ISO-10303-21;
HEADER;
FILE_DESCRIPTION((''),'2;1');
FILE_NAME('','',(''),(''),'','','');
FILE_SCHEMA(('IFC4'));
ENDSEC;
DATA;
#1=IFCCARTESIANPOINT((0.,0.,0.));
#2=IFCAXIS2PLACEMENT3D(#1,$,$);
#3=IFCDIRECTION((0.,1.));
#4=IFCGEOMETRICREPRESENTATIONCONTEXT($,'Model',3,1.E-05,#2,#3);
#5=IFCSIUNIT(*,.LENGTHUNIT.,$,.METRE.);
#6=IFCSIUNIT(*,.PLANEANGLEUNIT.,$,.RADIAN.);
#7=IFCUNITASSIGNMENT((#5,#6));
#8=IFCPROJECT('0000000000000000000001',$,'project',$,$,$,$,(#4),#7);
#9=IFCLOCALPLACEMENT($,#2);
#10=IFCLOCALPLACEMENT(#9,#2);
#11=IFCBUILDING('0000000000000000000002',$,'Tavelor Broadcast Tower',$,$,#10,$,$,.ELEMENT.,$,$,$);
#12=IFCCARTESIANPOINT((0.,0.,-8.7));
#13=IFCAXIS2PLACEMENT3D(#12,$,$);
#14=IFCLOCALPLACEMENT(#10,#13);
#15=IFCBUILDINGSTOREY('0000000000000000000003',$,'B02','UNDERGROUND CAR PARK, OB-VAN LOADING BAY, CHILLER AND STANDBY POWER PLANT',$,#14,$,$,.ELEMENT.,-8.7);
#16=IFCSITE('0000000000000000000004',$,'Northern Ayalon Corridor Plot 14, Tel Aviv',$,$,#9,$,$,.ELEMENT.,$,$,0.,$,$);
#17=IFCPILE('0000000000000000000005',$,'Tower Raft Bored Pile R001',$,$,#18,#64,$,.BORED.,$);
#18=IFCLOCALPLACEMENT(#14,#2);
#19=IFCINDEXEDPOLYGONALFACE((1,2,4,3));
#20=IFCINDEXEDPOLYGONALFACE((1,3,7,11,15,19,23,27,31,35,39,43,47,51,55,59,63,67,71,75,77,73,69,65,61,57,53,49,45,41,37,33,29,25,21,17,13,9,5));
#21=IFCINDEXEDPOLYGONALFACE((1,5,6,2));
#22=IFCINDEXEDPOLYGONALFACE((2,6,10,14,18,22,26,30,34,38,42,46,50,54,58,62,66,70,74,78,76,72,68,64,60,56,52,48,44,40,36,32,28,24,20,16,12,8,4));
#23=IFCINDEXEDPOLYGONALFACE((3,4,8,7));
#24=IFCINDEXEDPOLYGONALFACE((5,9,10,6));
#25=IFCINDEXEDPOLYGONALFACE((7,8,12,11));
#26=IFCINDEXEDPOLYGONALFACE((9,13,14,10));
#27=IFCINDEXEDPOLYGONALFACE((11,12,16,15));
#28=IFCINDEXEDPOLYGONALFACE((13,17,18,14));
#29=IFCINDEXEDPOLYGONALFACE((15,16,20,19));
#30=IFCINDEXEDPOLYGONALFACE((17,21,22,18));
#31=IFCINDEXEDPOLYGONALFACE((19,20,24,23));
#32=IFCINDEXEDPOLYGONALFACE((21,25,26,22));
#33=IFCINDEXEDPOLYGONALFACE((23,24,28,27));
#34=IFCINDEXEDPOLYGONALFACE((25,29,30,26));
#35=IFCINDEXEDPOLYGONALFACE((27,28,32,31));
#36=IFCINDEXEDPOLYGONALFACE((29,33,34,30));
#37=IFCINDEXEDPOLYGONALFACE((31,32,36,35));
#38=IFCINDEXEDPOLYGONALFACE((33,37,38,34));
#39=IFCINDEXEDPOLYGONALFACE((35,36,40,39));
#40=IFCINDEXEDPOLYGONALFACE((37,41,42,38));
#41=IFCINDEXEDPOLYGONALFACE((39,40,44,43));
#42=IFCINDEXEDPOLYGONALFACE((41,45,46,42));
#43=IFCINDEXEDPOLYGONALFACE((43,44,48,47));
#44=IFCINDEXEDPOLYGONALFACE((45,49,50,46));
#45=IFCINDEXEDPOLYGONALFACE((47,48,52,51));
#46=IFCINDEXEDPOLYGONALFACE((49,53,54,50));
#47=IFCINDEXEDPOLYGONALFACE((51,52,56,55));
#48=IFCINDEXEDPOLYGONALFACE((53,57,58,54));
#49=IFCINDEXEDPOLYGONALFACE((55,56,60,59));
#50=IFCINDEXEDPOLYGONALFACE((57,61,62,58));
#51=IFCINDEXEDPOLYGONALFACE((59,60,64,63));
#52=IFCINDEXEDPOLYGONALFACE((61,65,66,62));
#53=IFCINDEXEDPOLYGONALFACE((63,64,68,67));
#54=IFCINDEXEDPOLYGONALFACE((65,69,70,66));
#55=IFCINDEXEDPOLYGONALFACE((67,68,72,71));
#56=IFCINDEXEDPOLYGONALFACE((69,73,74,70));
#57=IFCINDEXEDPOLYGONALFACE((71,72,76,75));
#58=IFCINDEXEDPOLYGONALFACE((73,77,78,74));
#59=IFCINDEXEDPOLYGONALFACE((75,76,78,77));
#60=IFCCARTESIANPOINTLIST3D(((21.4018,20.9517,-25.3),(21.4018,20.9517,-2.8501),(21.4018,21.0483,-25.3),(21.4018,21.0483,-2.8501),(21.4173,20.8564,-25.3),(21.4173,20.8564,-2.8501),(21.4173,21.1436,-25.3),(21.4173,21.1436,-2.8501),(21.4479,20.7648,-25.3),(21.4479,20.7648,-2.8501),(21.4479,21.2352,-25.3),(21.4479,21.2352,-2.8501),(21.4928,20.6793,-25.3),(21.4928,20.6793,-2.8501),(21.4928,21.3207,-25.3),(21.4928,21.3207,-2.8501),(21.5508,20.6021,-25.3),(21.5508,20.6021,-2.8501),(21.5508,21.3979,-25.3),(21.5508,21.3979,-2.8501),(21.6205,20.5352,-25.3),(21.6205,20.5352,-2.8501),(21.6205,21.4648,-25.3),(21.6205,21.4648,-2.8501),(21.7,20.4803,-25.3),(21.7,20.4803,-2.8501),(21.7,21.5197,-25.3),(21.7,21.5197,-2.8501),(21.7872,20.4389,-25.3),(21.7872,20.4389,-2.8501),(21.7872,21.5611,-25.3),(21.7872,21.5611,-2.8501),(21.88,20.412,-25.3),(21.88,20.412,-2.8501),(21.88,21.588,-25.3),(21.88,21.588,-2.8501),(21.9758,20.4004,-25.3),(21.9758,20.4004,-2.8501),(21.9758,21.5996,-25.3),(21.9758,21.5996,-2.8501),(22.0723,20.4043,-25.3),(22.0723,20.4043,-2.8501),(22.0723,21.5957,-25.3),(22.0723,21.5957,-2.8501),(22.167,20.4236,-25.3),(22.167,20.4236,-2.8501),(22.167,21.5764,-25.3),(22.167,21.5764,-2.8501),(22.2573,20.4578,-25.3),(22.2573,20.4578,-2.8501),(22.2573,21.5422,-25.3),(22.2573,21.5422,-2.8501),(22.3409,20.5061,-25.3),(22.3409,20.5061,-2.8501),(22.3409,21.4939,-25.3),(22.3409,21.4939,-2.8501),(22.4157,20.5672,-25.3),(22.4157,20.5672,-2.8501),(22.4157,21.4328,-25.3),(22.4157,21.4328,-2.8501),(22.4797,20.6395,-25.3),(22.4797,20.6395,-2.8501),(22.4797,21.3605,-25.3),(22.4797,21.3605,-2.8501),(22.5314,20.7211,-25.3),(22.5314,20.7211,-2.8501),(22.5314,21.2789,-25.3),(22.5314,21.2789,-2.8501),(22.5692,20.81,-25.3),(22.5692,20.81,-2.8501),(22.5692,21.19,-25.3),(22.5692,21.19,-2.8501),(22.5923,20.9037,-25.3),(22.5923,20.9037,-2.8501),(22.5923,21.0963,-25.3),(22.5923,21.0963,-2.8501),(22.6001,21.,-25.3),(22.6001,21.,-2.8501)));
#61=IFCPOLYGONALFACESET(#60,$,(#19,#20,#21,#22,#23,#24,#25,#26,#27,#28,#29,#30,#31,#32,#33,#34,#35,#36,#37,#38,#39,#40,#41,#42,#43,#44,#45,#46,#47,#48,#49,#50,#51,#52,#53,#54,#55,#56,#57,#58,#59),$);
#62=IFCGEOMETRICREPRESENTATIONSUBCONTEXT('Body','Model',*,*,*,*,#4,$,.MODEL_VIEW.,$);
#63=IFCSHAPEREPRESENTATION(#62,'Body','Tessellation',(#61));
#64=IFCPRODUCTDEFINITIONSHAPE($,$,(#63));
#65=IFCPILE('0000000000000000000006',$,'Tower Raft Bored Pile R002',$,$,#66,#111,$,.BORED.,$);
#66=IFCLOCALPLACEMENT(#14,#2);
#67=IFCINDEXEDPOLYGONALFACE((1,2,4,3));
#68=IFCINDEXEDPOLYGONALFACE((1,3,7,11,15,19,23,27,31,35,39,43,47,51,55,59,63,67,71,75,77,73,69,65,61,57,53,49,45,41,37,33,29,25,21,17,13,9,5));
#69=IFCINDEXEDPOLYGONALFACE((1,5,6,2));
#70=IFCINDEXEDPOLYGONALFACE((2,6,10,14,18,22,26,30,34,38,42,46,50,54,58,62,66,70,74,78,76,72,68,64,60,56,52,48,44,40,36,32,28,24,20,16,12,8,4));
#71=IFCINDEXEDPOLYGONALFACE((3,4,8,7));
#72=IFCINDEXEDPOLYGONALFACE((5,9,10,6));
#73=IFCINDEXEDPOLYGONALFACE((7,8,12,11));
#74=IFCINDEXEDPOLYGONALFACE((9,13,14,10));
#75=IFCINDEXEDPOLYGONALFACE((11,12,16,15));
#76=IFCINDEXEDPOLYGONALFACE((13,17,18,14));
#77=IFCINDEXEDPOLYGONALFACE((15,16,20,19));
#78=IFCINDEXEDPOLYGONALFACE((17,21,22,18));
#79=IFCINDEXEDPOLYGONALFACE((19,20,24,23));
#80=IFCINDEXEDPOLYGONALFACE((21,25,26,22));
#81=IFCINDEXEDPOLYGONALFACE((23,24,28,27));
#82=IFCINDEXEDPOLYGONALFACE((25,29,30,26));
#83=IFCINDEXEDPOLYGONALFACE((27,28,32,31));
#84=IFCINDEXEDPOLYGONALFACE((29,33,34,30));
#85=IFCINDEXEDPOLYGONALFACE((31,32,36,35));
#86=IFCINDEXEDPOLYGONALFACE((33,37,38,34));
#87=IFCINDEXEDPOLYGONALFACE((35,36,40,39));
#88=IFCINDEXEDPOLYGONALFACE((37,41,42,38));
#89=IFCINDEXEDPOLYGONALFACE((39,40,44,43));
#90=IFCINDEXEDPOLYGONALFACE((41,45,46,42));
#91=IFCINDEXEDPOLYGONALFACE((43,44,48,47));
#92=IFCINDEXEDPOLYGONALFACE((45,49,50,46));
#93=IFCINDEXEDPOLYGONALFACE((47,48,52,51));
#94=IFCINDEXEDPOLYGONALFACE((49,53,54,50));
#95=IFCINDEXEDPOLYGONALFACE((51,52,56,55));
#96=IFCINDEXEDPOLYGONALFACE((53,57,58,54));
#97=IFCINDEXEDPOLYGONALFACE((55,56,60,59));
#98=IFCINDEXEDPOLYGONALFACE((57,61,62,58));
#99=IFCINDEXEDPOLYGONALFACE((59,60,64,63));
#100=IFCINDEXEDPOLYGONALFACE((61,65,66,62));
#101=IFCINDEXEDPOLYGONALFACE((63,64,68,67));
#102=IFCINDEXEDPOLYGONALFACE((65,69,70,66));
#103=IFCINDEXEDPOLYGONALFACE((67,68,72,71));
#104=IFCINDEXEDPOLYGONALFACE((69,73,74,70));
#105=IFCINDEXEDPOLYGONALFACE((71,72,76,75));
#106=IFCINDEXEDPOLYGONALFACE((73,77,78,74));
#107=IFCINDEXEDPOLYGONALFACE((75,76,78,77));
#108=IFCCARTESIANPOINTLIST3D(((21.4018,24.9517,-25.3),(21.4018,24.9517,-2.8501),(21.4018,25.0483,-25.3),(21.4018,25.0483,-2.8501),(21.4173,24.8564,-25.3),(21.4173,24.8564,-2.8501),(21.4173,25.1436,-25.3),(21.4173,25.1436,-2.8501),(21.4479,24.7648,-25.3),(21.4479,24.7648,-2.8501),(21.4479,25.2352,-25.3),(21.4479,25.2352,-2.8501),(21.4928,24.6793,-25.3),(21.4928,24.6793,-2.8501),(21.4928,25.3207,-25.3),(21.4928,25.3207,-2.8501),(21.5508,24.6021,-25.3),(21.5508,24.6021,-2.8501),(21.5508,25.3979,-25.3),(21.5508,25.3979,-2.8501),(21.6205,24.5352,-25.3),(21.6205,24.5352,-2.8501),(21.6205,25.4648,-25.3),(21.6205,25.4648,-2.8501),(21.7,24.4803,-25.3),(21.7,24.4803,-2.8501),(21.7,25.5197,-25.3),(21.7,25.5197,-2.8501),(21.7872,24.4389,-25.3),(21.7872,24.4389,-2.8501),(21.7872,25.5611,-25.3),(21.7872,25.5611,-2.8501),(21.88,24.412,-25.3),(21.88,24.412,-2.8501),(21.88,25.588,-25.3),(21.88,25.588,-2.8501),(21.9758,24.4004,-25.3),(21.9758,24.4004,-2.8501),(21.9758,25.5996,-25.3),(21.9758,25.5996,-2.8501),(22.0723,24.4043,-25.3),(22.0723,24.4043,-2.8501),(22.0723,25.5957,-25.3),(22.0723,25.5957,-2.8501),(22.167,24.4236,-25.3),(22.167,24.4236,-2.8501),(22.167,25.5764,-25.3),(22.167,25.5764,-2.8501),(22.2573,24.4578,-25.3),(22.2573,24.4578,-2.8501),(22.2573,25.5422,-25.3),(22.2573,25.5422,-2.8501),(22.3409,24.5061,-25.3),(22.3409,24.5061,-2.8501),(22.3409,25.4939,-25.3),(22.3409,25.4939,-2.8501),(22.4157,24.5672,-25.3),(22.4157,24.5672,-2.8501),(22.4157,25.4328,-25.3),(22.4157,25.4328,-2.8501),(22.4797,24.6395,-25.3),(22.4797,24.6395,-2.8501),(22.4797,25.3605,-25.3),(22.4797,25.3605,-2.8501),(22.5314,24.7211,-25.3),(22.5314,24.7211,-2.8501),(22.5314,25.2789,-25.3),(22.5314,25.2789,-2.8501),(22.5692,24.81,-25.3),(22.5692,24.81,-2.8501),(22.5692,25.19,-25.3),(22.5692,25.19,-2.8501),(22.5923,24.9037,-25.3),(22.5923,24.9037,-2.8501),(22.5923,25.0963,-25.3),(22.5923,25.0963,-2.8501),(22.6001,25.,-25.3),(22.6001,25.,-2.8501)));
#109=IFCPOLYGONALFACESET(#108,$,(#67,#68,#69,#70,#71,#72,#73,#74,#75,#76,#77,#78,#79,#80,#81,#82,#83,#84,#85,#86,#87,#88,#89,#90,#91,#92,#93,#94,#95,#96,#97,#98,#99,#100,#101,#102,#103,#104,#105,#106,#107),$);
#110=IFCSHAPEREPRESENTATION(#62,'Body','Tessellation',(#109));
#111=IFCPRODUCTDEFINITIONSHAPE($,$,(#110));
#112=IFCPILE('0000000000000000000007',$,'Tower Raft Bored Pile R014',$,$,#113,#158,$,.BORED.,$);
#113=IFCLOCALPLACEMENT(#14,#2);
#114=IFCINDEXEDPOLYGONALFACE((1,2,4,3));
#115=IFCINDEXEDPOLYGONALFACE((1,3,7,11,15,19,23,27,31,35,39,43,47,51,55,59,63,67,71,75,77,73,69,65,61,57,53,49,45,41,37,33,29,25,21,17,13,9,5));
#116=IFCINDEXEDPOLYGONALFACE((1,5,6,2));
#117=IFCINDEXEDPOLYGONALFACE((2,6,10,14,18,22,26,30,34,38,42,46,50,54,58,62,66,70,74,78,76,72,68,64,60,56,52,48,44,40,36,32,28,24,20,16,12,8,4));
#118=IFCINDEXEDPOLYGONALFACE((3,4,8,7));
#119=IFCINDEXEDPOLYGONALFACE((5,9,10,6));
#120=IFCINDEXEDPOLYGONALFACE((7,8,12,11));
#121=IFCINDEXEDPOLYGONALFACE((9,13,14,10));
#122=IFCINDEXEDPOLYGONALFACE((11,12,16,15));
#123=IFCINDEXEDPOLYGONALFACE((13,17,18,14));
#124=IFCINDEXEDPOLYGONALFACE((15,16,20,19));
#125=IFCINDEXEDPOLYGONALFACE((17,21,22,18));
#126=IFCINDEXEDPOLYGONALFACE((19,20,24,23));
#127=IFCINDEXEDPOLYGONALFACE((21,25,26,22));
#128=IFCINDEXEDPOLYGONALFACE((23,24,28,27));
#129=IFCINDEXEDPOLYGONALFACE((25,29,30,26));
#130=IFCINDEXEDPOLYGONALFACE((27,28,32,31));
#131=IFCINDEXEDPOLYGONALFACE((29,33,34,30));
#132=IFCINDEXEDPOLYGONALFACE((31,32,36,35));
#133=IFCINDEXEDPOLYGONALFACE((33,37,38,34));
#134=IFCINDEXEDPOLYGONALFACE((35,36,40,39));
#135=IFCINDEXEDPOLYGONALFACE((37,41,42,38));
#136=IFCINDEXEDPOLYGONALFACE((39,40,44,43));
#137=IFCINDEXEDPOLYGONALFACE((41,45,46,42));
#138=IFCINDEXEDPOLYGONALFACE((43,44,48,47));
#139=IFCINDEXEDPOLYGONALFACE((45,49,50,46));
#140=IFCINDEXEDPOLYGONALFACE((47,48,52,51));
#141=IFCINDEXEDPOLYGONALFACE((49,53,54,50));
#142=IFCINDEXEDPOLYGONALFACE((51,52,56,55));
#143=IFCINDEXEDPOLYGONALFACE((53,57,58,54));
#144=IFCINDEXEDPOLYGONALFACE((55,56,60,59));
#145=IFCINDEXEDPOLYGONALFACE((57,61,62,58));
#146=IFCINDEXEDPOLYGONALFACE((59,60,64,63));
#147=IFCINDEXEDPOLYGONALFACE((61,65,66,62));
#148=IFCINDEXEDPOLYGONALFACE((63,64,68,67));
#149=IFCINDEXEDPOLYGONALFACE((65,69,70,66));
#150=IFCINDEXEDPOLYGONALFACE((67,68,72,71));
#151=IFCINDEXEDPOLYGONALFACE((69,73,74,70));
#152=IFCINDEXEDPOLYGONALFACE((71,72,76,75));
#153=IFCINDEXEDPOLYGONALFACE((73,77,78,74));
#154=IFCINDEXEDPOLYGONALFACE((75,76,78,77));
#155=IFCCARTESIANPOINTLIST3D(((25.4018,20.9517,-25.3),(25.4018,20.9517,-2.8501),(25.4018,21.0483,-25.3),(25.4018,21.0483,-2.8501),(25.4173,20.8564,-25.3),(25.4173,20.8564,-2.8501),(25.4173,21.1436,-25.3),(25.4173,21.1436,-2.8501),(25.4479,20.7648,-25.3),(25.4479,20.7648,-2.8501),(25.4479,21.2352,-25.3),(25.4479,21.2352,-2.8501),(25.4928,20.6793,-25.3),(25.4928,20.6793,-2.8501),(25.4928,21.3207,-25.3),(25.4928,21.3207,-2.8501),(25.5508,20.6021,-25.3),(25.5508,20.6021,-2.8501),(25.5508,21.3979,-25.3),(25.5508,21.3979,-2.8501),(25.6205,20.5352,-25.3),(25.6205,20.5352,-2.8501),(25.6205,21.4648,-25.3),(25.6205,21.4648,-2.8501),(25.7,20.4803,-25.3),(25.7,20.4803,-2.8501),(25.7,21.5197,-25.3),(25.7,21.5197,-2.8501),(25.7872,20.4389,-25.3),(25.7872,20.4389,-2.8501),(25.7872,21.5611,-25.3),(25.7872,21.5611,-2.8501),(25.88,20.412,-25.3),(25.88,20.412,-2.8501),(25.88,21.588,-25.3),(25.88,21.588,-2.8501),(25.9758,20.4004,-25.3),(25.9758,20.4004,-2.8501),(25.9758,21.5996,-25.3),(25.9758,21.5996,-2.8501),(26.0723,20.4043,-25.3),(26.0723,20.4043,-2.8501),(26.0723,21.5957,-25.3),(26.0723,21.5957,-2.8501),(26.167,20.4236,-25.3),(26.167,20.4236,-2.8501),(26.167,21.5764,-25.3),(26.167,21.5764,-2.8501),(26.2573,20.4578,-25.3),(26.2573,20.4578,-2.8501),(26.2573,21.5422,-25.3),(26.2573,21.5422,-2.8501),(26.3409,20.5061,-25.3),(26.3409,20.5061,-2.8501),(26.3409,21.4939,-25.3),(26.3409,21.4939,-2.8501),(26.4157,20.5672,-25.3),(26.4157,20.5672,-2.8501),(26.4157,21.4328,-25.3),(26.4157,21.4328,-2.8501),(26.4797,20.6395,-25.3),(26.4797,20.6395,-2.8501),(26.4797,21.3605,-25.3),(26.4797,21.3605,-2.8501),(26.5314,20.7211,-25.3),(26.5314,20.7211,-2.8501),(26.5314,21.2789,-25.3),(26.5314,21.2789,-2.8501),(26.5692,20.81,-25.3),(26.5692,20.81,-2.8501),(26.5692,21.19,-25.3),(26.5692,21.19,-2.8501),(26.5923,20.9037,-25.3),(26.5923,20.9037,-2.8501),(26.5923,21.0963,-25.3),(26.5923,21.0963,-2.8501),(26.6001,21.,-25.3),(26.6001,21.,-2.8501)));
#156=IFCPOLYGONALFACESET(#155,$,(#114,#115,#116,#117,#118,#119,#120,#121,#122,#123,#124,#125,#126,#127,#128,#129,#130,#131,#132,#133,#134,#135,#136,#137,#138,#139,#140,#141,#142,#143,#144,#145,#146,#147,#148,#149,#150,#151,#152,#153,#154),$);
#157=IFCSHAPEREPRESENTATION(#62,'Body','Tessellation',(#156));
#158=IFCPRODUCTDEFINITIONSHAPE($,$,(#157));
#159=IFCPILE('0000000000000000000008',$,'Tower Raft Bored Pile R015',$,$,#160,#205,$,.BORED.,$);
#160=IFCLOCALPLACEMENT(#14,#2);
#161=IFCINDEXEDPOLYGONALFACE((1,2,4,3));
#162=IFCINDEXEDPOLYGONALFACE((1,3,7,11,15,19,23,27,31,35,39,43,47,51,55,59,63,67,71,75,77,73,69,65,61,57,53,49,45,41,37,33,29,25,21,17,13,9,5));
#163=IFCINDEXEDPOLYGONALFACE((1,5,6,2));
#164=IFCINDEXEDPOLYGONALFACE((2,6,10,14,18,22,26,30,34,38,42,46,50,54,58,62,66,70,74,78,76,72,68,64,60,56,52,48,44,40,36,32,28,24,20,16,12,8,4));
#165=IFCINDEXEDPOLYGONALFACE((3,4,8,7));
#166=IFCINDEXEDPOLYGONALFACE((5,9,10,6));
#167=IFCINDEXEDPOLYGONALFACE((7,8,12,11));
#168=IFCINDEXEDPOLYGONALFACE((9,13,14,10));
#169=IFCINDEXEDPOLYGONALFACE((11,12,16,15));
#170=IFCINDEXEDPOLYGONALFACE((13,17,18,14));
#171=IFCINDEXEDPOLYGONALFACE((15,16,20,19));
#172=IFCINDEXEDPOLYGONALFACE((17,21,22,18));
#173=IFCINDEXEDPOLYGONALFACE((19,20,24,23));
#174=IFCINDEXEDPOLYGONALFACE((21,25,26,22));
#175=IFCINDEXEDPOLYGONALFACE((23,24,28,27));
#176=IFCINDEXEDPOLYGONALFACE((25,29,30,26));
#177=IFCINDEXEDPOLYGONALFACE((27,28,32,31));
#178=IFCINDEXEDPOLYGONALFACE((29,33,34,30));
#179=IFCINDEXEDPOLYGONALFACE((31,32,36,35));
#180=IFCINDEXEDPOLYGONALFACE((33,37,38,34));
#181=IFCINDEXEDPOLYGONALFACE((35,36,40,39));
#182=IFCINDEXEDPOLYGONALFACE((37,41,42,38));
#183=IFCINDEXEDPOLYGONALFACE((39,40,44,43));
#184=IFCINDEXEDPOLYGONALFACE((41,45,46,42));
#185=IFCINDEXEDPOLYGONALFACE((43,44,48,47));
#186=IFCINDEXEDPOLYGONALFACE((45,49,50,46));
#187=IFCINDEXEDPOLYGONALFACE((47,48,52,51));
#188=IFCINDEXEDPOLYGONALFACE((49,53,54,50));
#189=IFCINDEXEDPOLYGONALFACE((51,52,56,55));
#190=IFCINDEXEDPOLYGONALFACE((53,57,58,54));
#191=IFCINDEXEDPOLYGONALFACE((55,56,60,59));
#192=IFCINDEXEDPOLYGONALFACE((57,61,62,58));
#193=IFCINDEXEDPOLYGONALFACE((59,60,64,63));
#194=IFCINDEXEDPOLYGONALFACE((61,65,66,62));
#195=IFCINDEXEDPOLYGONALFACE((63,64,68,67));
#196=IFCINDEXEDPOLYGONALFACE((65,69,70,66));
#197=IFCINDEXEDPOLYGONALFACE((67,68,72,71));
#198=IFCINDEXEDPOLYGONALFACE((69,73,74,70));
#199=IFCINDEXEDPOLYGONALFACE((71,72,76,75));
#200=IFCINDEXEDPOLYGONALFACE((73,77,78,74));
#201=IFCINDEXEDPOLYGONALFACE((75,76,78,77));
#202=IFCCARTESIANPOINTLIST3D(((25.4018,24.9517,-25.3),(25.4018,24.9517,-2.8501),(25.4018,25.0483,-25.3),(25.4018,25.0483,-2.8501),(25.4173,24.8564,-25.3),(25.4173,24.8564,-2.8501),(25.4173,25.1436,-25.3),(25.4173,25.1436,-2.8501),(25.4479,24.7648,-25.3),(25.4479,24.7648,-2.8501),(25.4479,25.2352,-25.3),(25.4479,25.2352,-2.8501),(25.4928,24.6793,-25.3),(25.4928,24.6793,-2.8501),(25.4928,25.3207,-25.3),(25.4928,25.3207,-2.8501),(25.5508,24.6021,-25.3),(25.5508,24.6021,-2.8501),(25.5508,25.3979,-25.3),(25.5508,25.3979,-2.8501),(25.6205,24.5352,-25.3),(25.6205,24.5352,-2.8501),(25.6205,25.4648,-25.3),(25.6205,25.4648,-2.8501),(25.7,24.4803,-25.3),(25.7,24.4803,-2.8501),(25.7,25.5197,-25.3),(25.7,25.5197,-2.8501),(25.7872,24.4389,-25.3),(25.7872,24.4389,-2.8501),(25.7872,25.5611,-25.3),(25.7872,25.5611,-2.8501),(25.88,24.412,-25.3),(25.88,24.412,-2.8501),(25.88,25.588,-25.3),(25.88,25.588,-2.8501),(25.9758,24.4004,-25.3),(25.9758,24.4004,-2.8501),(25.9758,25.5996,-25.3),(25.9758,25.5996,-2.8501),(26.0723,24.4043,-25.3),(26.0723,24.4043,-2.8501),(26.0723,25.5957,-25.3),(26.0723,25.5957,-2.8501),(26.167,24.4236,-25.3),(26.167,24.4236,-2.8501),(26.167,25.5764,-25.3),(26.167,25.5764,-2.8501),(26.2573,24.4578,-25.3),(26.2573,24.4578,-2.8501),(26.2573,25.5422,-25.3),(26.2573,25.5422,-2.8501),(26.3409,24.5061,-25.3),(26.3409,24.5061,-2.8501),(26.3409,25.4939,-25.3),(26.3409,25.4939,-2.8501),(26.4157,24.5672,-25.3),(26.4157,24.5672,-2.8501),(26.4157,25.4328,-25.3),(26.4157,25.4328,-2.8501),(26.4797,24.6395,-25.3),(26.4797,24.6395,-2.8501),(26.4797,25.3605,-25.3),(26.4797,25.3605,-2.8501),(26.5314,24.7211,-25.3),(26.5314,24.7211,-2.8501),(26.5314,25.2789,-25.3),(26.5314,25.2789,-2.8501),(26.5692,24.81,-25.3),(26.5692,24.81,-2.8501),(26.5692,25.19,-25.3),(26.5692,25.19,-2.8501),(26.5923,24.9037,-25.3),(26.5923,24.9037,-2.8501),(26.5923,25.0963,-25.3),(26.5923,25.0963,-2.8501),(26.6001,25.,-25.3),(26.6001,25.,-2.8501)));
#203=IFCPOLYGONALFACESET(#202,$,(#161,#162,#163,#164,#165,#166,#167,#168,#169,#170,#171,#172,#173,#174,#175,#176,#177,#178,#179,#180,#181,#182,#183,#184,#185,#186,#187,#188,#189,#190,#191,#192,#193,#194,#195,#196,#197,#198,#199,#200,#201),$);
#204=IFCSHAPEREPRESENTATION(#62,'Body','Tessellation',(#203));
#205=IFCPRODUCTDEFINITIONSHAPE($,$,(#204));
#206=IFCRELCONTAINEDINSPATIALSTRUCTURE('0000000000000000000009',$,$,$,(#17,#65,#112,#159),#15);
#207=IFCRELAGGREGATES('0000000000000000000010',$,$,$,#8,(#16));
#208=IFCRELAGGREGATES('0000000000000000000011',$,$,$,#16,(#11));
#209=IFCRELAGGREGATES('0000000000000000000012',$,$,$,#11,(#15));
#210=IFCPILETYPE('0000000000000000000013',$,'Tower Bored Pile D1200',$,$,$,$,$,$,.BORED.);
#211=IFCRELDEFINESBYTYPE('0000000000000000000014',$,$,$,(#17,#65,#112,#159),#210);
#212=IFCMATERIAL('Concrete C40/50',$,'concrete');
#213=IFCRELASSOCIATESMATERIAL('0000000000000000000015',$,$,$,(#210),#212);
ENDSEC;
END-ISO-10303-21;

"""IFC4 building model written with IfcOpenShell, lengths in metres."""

from ifc_helpers import new_model, si_unit, direction, frame, origin, origin_2d, place, context, subcontext, project, spatial, circle, extrude, material, material_profile, profile_set, type_object, element, save


model = new_model("IFC4")

# Units and contexts
model_context = context("Model", 3, precision=1e-05, world=origin(), true_north=direction((0.0, 1.0)))
body_context = subcontext(model_context, "Body", "Model", "MODEL_VIEW")
ifc_project = project(units=[si_unit("LENGTHUNIT", "METRE"), si_unit("PLANEANGLEUNIT", "RADIAN")], contexts=[model_context])

# Site, building, storey
site_placement = place(None, origin())
site = spatial("IfcSite", under=ifc_project, at=site_placement, Name="Northern Ayalon Corridor Plot 14, Tel Aviv", CompositionType="ELEMENT", RefElevation=0.0)
building_placement = place(site_placement, origin())
building = spatial("IfcBuilding", under=site, at=building_placement, Name="Tavelor Broadcast Tower", CompositionType="ELEMENT")
storey_placement = place(building_placement, frame((0.0, 0.0, -8.7)))
storey = spatial("IfcBuildingStorey", under=building, at=storey_placement, Name="B02", Description="UNDERGROUND CAR PARK, OB-VAN LOADING BAY, CHILLER AND STANDBY POWER PLANT", CompositionType="ELEMENT", Elevation=-8.7)

# Shared definitions
ifc_material = material(Name="Concrete C40/50", Category="concrete")

# Piles
ifc_material_profile_1 = material_profile(ifc_material, circle(Radius=0.6001, at=origin_2d()), Name="PILE D1200")
ifc_profile_set_1 = profile_set([ifc_material_profile_1], Name="Concrete C40/50")
pile_type_1 = type_object("IfcPileType", Name="Tower Bored Pile D1200", PredefinedType="BORED", material=ifc_profile_set_1)
for number, where, z_axis, x_axis, name in (
    (1, (22.0, 21.0, -2.8501), (0.0, 0.0, -1.0), (1.0, 0.0, 0.0), "Tower Raft Bored Pile R001"),
    (2, (22.0, 25.0, -2.8501), (0.0, 0.0, -1.0), (1.0, 0.0, 0.0), "Tower Raft Bored Pile R002"),
    (3, (26.0, 21.0, -2.8501), (0.0, 0.0, -1.0), (1.0, 0.0, 0.0), "Tower Raft Bored Pile R014"),
    (4, (26.0, 25.0, -2.8501), (0.0, 0.0, -1.0), (1.0, 0.0, 0.0), "Tower Raft Bored Pile R015"),
):
    element("IfcPile", number, at=place(storey_placement, frame(where, z_axis=z_axis, x_axis=x_axis)), inside=storey, type_object=pile_type_1, Name=name, PredefinedType="BORED", context=body_context, shape_type="SweptSolid", body=[
        extrude(circle(Radius=0.6001, at=origin_2d()), origin(), (0.0, 0.0, 1.0), 22.45),
    ])

save(model, "model.ifc")
